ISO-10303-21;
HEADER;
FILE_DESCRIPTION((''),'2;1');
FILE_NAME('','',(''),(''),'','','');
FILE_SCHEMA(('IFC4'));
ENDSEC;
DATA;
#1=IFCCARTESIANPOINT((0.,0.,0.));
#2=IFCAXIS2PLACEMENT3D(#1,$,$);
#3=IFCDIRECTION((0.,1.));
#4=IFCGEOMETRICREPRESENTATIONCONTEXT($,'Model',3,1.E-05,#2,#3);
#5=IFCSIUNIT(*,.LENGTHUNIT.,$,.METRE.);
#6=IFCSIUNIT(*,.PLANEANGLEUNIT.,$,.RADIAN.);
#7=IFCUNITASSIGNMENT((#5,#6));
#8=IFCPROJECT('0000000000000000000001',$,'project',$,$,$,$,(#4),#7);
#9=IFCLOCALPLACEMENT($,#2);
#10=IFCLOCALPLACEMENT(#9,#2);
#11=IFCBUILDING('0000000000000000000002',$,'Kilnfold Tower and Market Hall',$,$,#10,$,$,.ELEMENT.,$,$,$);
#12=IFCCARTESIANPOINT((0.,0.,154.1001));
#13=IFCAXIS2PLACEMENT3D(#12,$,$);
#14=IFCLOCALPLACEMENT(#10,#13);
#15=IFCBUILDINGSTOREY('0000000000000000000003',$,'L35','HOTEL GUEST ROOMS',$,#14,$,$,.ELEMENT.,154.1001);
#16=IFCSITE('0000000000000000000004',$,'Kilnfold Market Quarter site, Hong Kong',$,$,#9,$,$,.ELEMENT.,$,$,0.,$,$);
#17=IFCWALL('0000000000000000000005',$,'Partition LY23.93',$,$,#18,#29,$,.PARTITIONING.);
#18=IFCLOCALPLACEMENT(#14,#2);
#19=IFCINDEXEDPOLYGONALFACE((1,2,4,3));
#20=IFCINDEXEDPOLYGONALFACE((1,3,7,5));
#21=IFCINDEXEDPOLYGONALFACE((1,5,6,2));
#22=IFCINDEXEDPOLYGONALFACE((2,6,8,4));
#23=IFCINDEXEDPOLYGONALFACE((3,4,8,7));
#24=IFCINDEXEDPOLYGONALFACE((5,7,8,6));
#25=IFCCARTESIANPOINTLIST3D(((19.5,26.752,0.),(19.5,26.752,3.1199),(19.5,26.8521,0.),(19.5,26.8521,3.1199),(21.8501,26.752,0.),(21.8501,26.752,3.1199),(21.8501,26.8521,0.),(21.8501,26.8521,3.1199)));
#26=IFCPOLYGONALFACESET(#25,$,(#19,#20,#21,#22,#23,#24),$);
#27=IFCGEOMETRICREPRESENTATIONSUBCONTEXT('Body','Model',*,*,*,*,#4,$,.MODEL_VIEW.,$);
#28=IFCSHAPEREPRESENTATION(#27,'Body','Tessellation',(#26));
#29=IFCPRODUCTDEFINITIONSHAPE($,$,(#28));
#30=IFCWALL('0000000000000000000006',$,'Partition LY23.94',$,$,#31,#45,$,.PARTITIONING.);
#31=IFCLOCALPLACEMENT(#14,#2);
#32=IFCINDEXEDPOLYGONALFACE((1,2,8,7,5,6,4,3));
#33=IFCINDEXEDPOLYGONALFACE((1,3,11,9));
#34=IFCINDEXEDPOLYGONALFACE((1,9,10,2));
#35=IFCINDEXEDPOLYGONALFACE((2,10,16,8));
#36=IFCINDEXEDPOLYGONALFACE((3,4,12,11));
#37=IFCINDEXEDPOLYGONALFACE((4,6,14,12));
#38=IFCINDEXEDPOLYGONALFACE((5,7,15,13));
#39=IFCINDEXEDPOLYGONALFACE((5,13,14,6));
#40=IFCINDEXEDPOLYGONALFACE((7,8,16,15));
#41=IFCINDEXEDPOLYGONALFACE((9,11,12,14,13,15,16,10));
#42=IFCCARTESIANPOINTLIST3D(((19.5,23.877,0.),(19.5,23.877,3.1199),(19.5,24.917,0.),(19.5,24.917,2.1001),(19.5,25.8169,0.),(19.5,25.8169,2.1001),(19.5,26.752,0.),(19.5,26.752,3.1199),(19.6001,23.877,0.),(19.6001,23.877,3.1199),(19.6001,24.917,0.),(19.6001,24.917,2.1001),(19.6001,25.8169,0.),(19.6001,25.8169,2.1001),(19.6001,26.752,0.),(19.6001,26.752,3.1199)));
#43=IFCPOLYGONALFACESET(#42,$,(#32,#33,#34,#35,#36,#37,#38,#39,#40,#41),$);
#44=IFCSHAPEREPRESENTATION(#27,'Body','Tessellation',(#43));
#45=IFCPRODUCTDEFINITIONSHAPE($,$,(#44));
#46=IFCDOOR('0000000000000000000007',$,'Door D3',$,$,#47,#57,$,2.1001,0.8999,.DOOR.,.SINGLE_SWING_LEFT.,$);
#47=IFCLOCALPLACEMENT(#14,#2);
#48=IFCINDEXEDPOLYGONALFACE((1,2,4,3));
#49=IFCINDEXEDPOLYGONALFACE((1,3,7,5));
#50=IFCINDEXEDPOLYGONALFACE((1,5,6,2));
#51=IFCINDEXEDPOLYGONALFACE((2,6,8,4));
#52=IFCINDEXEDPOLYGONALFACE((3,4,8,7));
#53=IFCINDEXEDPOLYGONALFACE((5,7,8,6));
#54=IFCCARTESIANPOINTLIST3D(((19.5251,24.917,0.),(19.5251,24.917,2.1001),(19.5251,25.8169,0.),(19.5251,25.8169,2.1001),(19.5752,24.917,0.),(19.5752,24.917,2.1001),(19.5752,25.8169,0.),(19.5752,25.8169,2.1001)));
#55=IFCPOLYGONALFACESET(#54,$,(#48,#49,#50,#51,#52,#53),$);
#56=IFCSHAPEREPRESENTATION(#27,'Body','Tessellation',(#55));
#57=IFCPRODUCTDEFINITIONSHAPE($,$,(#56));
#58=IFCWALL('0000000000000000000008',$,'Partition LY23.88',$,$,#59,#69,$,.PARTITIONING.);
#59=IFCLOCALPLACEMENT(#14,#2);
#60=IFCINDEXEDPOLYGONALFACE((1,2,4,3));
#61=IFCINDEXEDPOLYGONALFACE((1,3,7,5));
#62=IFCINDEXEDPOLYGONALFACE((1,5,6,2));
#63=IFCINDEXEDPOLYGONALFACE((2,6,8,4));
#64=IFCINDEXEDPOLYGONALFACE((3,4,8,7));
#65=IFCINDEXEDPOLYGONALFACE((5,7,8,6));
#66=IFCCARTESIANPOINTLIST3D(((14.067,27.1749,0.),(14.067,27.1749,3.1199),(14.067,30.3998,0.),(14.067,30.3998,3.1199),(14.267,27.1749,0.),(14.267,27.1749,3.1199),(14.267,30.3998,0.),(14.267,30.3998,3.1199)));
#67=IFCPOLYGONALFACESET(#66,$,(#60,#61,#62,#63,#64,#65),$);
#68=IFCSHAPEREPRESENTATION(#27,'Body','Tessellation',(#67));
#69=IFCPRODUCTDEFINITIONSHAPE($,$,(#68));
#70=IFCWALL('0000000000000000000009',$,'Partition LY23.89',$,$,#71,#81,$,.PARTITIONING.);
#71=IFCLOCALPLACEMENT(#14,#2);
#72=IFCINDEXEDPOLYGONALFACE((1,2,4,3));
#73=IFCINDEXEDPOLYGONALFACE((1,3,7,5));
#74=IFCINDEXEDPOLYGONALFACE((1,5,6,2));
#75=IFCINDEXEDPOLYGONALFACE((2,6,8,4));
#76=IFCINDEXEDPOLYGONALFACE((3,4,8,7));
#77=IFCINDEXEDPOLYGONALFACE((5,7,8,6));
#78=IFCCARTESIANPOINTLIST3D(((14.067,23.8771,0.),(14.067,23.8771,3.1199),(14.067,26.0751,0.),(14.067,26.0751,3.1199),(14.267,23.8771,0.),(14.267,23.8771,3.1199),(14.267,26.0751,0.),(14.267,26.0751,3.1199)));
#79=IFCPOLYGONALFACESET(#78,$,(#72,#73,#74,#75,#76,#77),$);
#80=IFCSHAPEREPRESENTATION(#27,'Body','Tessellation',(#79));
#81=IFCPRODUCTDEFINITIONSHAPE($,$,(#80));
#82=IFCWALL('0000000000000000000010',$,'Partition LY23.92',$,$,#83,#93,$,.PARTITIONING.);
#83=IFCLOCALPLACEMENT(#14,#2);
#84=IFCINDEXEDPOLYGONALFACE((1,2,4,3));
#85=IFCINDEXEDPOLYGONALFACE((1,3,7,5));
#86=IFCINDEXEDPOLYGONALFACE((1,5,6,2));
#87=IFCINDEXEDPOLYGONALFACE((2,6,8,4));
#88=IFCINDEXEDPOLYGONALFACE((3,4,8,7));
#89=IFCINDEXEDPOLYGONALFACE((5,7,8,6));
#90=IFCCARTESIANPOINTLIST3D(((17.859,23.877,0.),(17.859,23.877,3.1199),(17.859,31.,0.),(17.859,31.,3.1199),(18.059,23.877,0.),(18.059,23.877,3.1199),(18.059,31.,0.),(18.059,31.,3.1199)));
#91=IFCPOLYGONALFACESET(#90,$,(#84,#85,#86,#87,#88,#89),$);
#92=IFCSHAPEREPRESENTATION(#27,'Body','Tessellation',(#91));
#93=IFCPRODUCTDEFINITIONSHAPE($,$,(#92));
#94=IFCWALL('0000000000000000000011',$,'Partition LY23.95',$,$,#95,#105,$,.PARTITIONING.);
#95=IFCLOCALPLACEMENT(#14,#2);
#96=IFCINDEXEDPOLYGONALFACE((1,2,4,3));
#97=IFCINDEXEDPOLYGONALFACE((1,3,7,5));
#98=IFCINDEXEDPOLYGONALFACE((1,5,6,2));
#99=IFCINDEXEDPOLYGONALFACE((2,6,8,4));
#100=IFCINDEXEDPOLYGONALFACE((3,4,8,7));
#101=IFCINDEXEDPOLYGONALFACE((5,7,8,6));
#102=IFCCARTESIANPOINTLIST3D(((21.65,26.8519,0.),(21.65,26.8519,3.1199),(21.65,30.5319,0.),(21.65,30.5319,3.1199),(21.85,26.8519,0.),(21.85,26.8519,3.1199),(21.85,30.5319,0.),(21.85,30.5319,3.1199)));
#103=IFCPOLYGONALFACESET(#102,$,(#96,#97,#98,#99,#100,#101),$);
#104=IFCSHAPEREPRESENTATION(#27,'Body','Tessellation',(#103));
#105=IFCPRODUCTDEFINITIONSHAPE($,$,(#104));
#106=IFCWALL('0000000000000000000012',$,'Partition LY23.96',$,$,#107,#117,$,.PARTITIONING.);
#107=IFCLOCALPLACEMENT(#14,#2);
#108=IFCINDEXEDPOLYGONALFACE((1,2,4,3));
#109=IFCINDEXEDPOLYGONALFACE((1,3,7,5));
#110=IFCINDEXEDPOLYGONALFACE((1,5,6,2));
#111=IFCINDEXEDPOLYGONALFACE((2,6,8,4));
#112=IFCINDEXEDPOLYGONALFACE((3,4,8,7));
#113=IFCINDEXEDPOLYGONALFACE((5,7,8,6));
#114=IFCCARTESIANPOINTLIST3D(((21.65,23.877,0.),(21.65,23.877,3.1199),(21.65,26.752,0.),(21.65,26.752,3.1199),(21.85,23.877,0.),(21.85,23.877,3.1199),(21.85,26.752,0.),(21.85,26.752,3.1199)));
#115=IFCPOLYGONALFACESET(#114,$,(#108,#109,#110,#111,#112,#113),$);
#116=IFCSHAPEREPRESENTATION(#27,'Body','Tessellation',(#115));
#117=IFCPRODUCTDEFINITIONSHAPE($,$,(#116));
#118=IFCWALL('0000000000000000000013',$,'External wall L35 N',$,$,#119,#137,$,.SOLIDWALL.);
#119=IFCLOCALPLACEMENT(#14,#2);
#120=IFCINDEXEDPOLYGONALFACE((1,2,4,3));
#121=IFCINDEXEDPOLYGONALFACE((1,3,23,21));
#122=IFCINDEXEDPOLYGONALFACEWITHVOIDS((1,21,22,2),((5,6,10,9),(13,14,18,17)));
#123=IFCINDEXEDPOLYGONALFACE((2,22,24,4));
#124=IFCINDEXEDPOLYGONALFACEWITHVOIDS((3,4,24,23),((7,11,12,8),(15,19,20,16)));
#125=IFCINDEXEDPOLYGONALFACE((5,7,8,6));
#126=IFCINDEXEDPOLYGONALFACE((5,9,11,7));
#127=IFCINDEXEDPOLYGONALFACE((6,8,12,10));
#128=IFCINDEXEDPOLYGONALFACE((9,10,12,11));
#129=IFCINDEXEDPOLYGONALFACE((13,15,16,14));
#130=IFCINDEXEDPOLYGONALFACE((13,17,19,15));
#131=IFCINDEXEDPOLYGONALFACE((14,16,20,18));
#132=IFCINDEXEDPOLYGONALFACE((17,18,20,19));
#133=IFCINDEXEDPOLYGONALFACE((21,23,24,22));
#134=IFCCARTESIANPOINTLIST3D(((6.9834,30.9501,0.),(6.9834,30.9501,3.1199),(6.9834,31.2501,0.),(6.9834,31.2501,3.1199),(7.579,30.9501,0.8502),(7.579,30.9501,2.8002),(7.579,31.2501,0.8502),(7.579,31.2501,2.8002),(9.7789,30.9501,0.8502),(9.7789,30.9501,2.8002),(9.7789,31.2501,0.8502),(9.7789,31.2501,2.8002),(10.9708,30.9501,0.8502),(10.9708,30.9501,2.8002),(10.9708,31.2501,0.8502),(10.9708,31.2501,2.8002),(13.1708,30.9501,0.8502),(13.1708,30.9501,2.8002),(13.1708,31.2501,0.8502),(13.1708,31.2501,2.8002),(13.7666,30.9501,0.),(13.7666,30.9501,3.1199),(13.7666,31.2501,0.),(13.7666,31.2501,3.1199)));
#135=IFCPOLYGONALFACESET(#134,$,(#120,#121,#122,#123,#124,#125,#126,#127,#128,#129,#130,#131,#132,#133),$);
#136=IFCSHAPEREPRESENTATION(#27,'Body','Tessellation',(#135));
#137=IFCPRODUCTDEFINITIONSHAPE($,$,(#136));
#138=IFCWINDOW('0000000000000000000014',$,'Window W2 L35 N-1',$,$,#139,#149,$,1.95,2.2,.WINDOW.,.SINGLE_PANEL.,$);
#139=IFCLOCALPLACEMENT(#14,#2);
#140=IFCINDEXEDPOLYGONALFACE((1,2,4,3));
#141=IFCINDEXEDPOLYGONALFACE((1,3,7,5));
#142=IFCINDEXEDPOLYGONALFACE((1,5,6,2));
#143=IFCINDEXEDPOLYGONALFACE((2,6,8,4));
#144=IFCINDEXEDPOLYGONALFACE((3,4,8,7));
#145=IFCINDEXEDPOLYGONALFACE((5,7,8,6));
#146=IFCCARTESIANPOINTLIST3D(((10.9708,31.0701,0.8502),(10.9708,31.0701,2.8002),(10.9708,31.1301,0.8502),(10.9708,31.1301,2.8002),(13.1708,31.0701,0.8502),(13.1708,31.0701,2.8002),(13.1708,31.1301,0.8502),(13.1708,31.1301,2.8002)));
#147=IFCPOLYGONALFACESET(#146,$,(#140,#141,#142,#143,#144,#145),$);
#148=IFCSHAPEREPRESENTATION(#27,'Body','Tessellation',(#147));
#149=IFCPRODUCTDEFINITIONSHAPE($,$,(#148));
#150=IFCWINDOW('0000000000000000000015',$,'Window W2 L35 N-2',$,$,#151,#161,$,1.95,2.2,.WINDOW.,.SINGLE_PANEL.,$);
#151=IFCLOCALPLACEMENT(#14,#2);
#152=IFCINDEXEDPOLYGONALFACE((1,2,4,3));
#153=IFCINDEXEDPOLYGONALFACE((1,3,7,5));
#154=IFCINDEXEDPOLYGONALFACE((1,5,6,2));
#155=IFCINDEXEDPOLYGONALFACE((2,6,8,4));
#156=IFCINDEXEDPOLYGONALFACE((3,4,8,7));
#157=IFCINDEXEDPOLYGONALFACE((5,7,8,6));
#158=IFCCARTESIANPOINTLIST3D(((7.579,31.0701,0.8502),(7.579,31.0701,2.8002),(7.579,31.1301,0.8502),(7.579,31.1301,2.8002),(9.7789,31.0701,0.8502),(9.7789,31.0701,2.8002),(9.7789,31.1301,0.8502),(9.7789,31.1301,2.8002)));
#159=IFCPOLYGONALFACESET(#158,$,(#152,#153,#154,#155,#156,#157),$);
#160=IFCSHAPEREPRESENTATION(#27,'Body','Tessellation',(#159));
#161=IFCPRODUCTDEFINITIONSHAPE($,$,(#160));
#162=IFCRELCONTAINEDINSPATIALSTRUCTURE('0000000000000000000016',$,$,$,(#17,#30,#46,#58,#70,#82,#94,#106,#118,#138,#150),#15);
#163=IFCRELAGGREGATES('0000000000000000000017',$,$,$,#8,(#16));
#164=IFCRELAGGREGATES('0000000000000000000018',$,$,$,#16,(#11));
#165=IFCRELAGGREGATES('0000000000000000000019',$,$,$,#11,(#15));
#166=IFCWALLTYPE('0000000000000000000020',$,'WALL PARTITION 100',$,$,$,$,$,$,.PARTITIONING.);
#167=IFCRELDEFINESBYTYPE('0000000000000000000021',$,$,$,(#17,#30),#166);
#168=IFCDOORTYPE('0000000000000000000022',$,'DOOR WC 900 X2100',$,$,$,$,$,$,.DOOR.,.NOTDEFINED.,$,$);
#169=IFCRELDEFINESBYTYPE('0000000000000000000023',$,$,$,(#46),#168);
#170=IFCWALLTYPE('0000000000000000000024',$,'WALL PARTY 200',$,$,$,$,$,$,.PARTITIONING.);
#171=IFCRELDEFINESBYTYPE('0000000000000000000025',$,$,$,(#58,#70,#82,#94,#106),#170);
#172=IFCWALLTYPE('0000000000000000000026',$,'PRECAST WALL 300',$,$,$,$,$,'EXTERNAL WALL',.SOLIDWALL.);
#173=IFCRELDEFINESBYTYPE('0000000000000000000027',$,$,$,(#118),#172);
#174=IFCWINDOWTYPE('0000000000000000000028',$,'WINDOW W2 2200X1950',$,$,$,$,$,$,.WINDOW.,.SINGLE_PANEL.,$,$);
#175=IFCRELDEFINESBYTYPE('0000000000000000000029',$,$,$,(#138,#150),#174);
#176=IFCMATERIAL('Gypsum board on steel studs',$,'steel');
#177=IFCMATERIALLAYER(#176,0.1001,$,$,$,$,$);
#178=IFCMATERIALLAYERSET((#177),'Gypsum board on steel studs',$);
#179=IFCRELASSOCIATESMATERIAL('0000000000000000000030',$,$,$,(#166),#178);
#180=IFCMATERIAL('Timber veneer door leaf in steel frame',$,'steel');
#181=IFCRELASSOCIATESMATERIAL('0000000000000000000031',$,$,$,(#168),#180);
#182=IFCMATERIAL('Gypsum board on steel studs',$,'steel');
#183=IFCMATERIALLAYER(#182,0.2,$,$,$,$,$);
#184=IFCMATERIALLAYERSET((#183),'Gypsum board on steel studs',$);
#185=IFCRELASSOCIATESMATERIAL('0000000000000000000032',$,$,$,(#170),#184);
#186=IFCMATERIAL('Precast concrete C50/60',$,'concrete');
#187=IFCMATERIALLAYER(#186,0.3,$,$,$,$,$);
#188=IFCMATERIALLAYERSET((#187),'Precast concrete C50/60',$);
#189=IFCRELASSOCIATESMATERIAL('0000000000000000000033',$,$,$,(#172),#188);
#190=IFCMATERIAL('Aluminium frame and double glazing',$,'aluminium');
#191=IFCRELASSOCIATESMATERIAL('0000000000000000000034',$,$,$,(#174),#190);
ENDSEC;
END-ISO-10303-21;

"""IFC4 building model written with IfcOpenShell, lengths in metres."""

from ifc_helpers import new_model, si_unit, direction, frame, frame_2d, origin, place, context, subcontext, project, spatial, rectangle, extrude, source, transform, mapped, material, layer, layer_set, type_object, element, fill, save


model = new_model("IFC4")

# Units and contexts
model_context = context("Model", 3, precision=1e-05, world=origin(), true_north=direction((0.0, 1.0)))
body_context = subcontext(model_context, "Body", "Model", "MODEL_VIEW")
ifc_project = project(units=[si_unit("LENGTHUNIT", "METRE"), si_unit("PLANEANGLEUNIT", "RADIAN")], contexts=[model_context])

# Site, building, storey
site_placement = place(None, origin())
site = spatial("IfcSite", under=ifc_project, at=site_placement, Name="Kilnfold Market Quarter site, Hong Kong", CompositionType="ELEMENT", RefElevation=0.0)
building_placement = place(site_placement, origin())
building = spatial("IfcBuilding", under=site, at=building_placement, Name="Kilnfold Tower and Market Hall", CompositionType="ELEMENT")
storey_placement = place(building_placement, frame((0.0, 0.0, 154.1001)))
storey = spatial("IfcBuildingStorey", under=building, at=storey_placement, Name="L35", Description="HOTEL GUEST ROOMS", CompositionType="ELEMENT", Elevation=154.1001)

# Shared definitions
ifc_material_1 = material(Name="Gypsum board on steel studs", Category="steel")
ifc_layer_1 = layer(ifc_material_1, 0.1001)
ifc_layer_set_1 = layer_set([ifc_layer_1], Name="Gypsum board on steel studs")
wall_type_1 = type_object("IfcWallType", Name="WALL PARTITION 100", PredefinedType="PARTITIONING", material=ifc_layer_set_1)

# Shared definitions
ifc_material_2 = material(Name="Timber veneer door leaf in steel frame", Category="steel")
door_type_1 = type_object("IfcDoorType", Name="DOOR WC 900 X2100", OperationType="NOTDEFINED", PredefinedType="DOOR", material=ifc_material_2)

# Wall
wall_1_placement = place(storey_placement, frame((19.5, 26.802, 0.0), z_axis=(0.0, 0.0, 1.0), x_axis=(1.0, 0.0, 0.0)))
element("IfcWall", 1, at=wall_1_placement, inside=storey, type_object=wall_type_1, Name="Partition LY23.93", PredefinedType="PARTITIONING", context=body_context, shape_type="SweptSolid", body=[
    extrude(rectangle(XDim=2.3501, YDim=0.1001, at=frame_2d((1.175, 0.0))), origin(), (0.0, 0.0, 1.0), 3.1199),
])

# Wall, opening, door
wall_2_placement = place(storey_placement, frame((19.55, 23.877, 0.0), z_axis=(0.0, 0.0, 1.0), x_axis=(0.0, 1.0, 0.0)))
wall_2 = element("IfcWall", 2, at=wall_2_placement, inside=storey, type_object=wall_type_1, Name="Partition LY23.94", PredefinedType="PARTITIONING", context=body_context, shape_type="SweptSolid", body=[
    extrude(rectangle(XDim=2.875, YDim=0.1001, at=frame_2d((1.4375, 0.0))), origin(), (0.0, 0.0, 1.0), 3.1199),
])
opening_1_placement = place(wall_2_placement, frame((1.04, 0.0, 0.0)))
opening_1 = element("IfcOpeningElement", 3, at=opening_1_placement, cuts=wall_2, PredefinedType="OPENING", context=body_context, shape_type="SweptSolid", body=[
    extrude(rectangle(XDim=0.8999, YDim=2.1001, at=frame_2d((0.45, 1.05))), frame((0.0, 0.0601, 0.0), z_axis=(0.0, -1.0, 0.0), x_axis=(1.0, 0.0, 0.0)), (0.0, 0.0, 1.0), 0.1201),
])
door_1_placement = place(opening_1_placement, origin())
door_1 = element("IfcDoor", 4, at=door_1_placement, inside=storey, type_object=door_type_1, Name="Door D3", OperationType="SINGLE_SWING_LEFT", OverallHeight=2.1001, OverallWidth=0.8999, PredefinedType="DOOR", context=body_context, shape_type="SweptSolid", body=[
    extrude(rectangle(XDim=0.8999, YDim=2.1001, at=frame_2d((0.45, 1.05))), frame((0.0, 0.0249, 0.0), z_axis=(0.0, -1.0, 0.0), x_axis=(1.0, 0.0, 0.0)), (0.0, 0.0, 1.0), 0.05),
])
fill(opening_1, door_1)

# Walls
ifc_material_3 = material(Name="Gypsum board on steel studs", Category="steel")
ifc_layer_2 = layer(ifc_material_3, 0.2)
ifc_layer_set_2 = layer_set([ifc_layer_2], Name="Gypsum board on steel studs")
wall_type_2 = type_object("IfcWallType", Name="WALL PARTY 200", PredefinedType="PARTITIONING", material=ifc_layer_set_2)
wall_3_placement = place(storey_placement, frame((14.167, 27.175, 0.0), z_axis=(0.0, 0.0, 1.0), x_axis=(0.0, 1.0, 0.0)))
element("IfcWall", 5, at=wall_3_placement, inside=storey, type_object=wall_type_2, Name="Partition LY23.88", PredefinedType="PARTITIONING", context=body_context, shape_type="SweptSolid", body=[
    extrude(rectangle(XDim=3.2249, YDim=0.2, at=frame_2d((1.6123, 0.0))), origin(), (0.0, 0.0, 1.0), 3.1199),
])
wall_4_placement = place(storey_placement, frame((14.167, 23.877, 0.0), z_axis=(0.0, 0.0, 1.0), x_axis=(0.0, 1.0, 0.0)))
element("IfcWall", 6, at=wall_4_placement, inside=storey, type_object=wall_type_2, Name="Partition LY23.89", PredefinedType="PARTITIONING", context=body_context, shape_type="SweptSolid", body=[
    extrude(rectangle(XDim=2.198, YDim=0.2, at=frame_2d((1.0991, 0.0))), origin(), (0.0, 0.0, 1.0), 3.1199),
])
wall_5_placement = place(storey_placement, frame((17.959, 23.877, 0.0), z_axis=(0.0, 0.0, 1.0), x_axis=(0.0, 1.0, 0.0)))
element("IfcWall", 7, at=wall_5_placement, inside=storey, type_object=wall_type_2, Name="Partition LY23.92", PredefinedType="PARTITIONING", context=body_context, shape_type="SweptSolid", body=[
    extrude(rectangle(XDim=7.123, YDim=0.2, at=frame_2d((3.5615, 0.0))), origin(), (0.0, 0.0, 1.0), 3.1199),
])
wall_6_placement = place(storey_placement, frame((21.75, 26.8521, 0.0), z_axis=(0.0, 0.0, 1.0), x_axis=(0.0, 1.0, 0.0)))
element("IfcWall", 8, at=wall_6_placement, inside=storey, type_object=wall_type_2, Name="Partition LY23.95", PredefinedType="PARTITIONING", context=body_context, shape_type="SweptSolid", body=[
    extrude(rectangle(XDim=3.6799, YDim=0.2, at=frame_2d((1.8398, 0.0))), origin(), (0.0, 0.0, 1.0), 3.1199),
])
wall_7_placement = place(storey_placement, frame((21.75, 23.877, 0.0), z_axis=(0.0, 0.0, 1.0), x_axis=(0.0, 1.0, 0.0)))
element("IfcWall", 9, at=wall_7_placement, inside=storey, type_object=wall_type_2, Name="Partition LY23.96", PredefinedType="PARTITIONING", context=body_context, shape_type="SweptSolid", body=[
    extrude(rectangle(XDim=2.875, YDim=0.2, at=frame_2d((1.4375, 0.0))), origin(), (0.0, 0.0, 1.0), 3.1199),
])

# Wall, openings, windows
ifc_material_4 = material(Name="Precast concrete C50/60", Category="concrete")
ifc_layer_3 = layer(ifc_material_4, 0.3)
ifc_layer_set_3 = layer_set([ifc_layer_3], Name="Precast concrete C50/60")
wall_type_3 = type_object("IfcWallType", Name="PRECAST WALL 300", ElementType="EXTERNAL WALL", PredefinedType="SOLIDWALL", material=ifc_layer_set_3)
shared_shape_1 = source(origin(), body_context, "Body", "SweptSolid", [
    extrude(rectangle(XDim=6.7832, YDim=0.3, at=frame_2d((3.3916, 0.0))), origin(), (0.0, 0.0, 1.0), 3.1199),
])
wall_8_placement = place(storey_placement, frame((13.7666, 31.1001, 0.0), z_axis=(0.0, 0.0, 1.0), x_axis=(-1.0, 0.0, 0.0)))
wall_8 = element("IfcWall", 10, at=wall_8_placement, inside=storey, type_object=wall_type_3, Name="External wall L35 N", PredefinedType="SOLIDWALL", context=body_context, shape_type="MappedRepresentation", body=[
    mapped(shared_shape_1, transform((0.0, 0.0, 0.0))),
])
opening_2_placement = place(wall_8_placement, frame((0.5957, 0.0, 0.8501)))
opening_2 = element("IfcOpeningElement", 11, at=opening_2_placement, cuts=wall_8, PredefinedType="OPENING", context=body_context, shape_type="SweptSolid", body=[
    extrude(rectangle(XDim=2.2, YDim=1.95, at=frame_2d((1.1001, 0.9751))), frame((0.0, 0.1602, 0.0), z_axis=(0.0, -1.0, 0.0), x_axis=(1.0, 0.0, 0.0)), (0.0, 0.0, 1.0), 0.3201),
])
opening_3_placement = place(wall_8_placement, frame((3.9875, 0.0, 0.8501)))
opening_3 = element("IfcOpeningElement", 12, at=opening_3_placement, cuts=wall_8, PredefinedType="OPENING", context=body_context, shape_type="SweptSolid", body=[
    extrude(rectangle(XDim=2.2, YDim=1.95, at=frame_2d((1.1001, 0.9751))), frame((0.0, 0.1602, 0.0), z_axis=(0.0, -1.0, 0.0), x_axis=(1.0, 0.0, 0.0)), (0.0, 0.0, 1.0), 0.3201),
])
ifc_material_5 = material(Name="Aluminium frame and double glazing", Category="aluminium")
window_type_1 = type_object("IfcWindowType", Name="WINDOW W2 2200X1950", PartitioningType="SINGLE_PANEL", PredefinedType="WINDOW", material=ifc_material_5)
window_1_placement = place(opening_2_placement, origin())
window_1 = element("IfcWindow", 13, at=window_1_placement, inside=storey, type_object=window_type_1, Name="Window W2 L35 N-1", OverallHeight=1.95, OverallWidth=2.2, PartitioningType="SINGLE_PANEL", PredefinedType="WINDOW", context=body_context, shape_type="SweptSolid", body=[
    extrude(rectangle(XDim=2.2, YDim=1.95, at=frame_2d((1.1001, 0.9751))), frame((0.0, 0.03, 0.0), z_axis=(0.0, -1.0, 0.0), x_axis=(1.0, 0.0, 0.0)), (0.0, 0.0, 1.0), 0.0601),
])
fill(opening_2, window_1)
window_2_placement = place(opening_3_placement, origin())
window_2 = element("IfcWindow", 14, at=window_2_placement, inside=storey, type_object=window_type_1, Name="Window W2 L35 N-2", OverallHeight=1.95, OverallWidth=2.2, PartitioningType="SINGLE_PANEL", PredefinedType="WINDOW", context=body_context, shape_type="SweptSolid", body=[
    extrude(rectangle(XDim=2.2, YDim=1.95, at=frame_2d((1.1001, 0.9751))), frame((0.0, 0.03, 0.0), z_axis=(0.0, -1.0, 0.0), x_axis=(1.0, 0.0, 0.0)), (0.0, 0.0, 1.0), 0.0601),
])
fill(opening_3, window_2)

save(model, "model.ifc")
